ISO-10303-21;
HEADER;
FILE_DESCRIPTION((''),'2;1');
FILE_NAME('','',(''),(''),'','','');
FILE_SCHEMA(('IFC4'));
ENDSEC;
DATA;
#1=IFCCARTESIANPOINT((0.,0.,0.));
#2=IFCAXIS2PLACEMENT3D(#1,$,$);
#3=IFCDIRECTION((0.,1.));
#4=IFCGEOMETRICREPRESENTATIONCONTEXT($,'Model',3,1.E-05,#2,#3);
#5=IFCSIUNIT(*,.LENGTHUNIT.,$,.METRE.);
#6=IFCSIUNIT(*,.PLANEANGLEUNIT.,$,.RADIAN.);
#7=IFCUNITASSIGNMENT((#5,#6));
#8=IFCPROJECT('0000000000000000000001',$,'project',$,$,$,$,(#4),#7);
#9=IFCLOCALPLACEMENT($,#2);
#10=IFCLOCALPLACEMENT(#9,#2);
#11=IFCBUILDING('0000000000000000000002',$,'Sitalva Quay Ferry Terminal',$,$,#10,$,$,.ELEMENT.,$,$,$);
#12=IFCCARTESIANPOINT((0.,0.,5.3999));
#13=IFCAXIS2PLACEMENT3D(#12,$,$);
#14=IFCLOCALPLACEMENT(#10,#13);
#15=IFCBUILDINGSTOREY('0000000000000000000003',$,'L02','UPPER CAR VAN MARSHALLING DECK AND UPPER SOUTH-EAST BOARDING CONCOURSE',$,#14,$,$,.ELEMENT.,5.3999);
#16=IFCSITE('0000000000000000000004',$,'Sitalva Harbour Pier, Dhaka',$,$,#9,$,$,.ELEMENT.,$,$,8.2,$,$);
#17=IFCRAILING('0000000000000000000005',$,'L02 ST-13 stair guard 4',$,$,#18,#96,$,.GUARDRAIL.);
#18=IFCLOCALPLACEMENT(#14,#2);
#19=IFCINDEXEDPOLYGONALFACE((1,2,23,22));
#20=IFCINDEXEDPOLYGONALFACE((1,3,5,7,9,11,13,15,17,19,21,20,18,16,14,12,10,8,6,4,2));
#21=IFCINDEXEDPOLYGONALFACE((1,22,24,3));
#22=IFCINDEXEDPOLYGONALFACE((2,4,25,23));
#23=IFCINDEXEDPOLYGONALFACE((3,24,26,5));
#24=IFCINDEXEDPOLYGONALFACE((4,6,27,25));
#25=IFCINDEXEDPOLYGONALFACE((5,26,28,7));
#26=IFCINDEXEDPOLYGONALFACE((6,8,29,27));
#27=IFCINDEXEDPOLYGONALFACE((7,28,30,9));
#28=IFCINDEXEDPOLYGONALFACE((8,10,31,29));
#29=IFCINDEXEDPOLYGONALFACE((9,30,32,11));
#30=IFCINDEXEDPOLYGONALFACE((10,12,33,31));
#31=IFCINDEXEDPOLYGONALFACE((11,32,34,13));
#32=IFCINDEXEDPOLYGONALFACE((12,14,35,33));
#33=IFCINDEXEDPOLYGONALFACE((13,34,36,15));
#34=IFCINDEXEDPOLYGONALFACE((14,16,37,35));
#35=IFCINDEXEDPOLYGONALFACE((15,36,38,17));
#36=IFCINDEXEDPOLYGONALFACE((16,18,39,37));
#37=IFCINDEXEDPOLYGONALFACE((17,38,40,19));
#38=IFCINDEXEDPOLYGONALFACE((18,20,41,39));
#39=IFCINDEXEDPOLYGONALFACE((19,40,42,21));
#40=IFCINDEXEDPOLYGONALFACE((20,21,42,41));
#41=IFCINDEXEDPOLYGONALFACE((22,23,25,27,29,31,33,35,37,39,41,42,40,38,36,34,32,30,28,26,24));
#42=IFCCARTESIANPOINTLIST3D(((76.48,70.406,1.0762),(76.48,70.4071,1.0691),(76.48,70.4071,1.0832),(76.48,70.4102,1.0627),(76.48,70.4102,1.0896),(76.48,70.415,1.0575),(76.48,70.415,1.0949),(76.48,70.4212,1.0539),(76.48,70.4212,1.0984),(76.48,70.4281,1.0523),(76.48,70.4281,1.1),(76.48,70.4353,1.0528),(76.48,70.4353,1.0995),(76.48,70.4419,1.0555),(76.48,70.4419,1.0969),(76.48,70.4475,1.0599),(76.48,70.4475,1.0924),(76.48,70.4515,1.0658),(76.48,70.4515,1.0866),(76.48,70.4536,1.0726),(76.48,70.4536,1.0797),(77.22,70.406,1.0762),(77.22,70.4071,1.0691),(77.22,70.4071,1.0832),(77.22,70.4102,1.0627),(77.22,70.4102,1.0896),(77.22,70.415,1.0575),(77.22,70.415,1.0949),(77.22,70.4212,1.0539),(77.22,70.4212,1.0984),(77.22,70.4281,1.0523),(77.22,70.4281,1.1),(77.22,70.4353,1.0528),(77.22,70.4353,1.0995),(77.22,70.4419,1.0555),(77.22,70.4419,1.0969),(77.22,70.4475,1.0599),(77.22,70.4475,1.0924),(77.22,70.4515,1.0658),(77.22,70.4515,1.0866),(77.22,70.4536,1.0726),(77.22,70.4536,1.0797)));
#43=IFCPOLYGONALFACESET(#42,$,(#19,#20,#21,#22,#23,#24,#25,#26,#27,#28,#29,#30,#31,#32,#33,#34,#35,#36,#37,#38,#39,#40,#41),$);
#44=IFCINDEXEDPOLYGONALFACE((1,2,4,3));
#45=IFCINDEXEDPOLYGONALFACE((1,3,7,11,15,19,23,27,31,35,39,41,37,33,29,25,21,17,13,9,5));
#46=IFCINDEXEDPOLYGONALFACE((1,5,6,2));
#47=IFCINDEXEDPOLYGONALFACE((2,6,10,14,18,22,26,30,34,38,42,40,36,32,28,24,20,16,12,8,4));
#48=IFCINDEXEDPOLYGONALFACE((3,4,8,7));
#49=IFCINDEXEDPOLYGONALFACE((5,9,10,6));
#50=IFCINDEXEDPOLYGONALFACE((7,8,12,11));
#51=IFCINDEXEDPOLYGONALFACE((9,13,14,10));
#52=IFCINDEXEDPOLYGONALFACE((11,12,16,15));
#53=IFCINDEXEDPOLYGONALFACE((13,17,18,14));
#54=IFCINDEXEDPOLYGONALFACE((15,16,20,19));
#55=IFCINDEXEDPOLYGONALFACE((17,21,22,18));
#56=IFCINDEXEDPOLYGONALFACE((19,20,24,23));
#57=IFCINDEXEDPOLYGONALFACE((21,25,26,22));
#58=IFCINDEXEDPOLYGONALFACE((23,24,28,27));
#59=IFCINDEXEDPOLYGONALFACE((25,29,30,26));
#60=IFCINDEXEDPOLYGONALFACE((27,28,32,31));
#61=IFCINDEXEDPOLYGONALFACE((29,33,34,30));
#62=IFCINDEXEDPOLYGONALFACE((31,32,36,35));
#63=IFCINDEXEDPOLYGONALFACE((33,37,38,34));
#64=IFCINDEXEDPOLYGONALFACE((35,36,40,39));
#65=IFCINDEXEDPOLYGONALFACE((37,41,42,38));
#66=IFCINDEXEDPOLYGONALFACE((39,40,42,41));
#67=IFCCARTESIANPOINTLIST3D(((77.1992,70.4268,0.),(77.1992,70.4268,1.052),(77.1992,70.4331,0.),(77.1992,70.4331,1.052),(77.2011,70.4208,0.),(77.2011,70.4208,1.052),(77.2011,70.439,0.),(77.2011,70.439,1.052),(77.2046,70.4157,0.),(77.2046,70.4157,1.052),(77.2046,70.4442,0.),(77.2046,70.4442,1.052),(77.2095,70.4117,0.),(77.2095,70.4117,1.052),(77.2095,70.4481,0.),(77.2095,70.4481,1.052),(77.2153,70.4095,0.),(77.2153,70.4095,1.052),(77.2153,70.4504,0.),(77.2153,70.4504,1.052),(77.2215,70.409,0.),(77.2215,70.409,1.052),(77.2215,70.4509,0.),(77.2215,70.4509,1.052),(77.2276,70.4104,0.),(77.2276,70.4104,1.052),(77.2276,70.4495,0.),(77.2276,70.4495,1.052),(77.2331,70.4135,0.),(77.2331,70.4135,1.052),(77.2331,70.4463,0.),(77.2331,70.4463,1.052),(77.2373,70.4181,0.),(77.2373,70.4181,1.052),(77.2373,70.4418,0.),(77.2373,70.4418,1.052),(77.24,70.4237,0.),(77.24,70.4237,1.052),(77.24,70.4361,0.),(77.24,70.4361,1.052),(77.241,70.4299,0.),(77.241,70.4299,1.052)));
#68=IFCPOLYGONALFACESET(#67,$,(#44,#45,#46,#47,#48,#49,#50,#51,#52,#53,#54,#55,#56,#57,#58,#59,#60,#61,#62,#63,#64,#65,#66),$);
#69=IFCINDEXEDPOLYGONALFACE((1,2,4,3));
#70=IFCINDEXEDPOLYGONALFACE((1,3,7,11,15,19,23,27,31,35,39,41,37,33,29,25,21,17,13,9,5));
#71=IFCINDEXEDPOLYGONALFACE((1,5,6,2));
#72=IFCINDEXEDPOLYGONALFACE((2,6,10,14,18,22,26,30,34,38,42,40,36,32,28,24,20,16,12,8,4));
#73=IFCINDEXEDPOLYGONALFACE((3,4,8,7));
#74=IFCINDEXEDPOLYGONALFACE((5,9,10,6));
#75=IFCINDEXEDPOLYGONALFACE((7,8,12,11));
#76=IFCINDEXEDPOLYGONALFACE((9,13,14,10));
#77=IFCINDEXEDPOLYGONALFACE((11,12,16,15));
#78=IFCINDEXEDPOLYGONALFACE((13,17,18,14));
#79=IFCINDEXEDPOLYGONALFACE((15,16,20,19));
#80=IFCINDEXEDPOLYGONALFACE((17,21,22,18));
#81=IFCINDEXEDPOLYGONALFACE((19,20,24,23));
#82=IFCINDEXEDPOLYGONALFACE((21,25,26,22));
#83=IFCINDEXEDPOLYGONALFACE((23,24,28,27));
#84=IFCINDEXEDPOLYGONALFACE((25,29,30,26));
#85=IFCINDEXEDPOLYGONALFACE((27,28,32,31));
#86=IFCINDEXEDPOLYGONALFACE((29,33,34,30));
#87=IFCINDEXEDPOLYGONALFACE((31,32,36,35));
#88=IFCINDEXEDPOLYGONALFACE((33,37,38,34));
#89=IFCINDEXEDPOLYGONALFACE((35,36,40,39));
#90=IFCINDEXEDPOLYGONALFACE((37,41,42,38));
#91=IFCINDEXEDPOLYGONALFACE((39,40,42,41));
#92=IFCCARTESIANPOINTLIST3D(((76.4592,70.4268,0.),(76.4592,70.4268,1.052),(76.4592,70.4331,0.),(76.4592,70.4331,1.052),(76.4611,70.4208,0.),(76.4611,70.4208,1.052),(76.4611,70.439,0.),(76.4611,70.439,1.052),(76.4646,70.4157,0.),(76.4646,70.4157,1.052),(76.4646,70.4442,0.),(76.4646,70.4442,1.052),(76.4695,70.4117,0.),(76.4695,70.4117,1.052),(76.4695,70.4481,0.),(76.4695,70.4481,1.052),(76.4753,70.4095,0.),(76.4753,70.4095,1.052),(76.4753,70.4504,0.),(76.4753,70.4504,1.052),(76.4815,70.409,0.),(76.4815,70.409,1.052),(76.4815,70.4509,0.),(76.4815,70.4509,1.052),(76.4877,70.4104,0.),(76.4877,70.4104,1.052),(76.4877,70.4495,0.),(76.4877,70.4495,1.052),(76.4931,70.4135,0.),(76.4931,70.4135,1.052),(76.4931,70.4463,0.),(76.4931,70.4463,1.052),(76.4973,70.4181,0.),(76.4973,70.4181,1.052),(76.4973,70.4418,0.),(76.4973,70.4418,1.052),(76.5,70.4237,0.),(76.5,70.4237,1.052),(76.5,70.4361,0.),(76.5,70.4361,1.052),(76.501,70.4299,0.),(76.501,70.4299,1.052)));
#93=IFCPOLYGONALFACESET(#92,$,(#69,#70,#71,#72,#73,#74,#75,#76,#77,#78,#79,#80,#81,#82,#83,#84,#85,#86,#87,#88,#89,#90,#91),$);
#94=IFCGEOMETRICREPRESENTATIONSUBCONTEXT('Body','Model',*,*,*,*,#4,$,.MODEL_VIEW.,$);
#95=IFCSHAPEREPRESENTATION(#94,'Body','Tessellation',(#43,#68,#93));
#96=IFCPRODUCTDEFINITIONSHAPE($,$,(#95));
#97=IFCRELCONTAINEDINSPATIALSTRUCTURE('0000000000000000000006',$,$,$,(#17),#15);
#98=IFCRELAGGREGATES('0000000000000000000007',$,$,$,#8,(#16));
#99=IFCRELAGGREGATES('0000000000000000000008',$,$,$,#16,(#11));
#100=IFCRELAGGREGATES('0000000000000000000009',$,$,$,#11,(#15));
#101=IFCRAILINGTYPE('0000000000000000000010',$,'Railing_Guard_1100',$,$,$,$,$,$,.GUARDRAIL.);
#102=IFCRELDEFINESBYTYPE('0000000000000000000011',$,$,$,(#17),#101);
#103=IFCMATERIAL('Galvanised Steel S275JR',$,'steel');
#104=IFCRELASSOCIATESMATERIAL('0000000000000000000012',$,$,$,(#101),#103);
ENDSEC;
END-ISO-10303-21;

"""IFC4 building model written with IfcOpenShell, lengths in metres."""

from ifc_helpers import new_model, si_unit, direction, frame, origin, origin_2d, place, context, subcontext, project, spatial, circle, extrude, material, type_object, element, save


model = new_model("IFC4")

# Units and contexts
model_context = context("Model", 3, precision=1e-05, world=origin(), true_north=direction((0.0, 1.0)))
body_context = subcontext(model_context, "Body", "Model", "MODEL_VIEW")
ifc_project = project(units=[si_unit("LENGTHUNIT", "METRE"), si_unit("PLANEANGLEUNIT", "RADIAN")], contexts=[model_context])

# Site, building, storey
site_placement = place(None, origin())
site = spatial("IfcSite", under=ifc_project, at=site_placement, Name="Sitalva Harbour Pier, Dhaka", CompositionType="ELEMENT", RefElevation=8.2)
building_placement = place(site_placement, origin())
building = spatial("IfcBuilding", under=site, at=building_placement, Name="Sitalva Quay Ferry Terminal", CompositionType="ELEMENT")
storey_placement = place(building_placement, frame((0.0, 0.0, 5.3999)))
storey = spatial("IfcBuildingStorey", under=building, at=storey_placement, Name="L02", Description="UPPER CAR VAN MARSHALLING DECK AND UPPER SOUTH-EAST BOARDING CONCOURSE", CompositionType="ELEMENT", Elevation=5.3999)

# Railing
ifc_material_1 = material(Name="Galvanised Steel S275JR", Category="steel")
railing_type_1 = type_object("IfcRailingType", Name="Railing_Guard_1100", PredefinedType="GUARDRAIL", material=ifc_material_1)
railing_1_placement = place(storey_placement, frame((77.22, 70.4299, 0.0)))
element("IfcRailing", 1, at=railing_1_placement, inside=storey, type_object=railing_type_1, Name="L02 ST-13 stair guard 4", PredefinedType="GUARDRAIL", context=body_context, shape_type="SweptSolid", body=[
    extrude(circle(Radius=0.0239, at=origin_2d()), frame((0.0, 0.0, 1.0762), z_axis=(-1.0, 0.0, 0.0), x_axis=(0.0, -1.0, 0.0)), (0.0, 0.0, 1.0), 0.74),
    extrude(circle(Radius=0.021, at=origin_2d()), origin(), (0.0, 0.0, 1.0), 1.052),
    extrude(circle(Radius=0.021, at=origin_2d()), frame((-0.74, 0.0, 0.0)), (0.0, 0.0, 1.0), 1.052),
])

save(model, "model.ifc")
